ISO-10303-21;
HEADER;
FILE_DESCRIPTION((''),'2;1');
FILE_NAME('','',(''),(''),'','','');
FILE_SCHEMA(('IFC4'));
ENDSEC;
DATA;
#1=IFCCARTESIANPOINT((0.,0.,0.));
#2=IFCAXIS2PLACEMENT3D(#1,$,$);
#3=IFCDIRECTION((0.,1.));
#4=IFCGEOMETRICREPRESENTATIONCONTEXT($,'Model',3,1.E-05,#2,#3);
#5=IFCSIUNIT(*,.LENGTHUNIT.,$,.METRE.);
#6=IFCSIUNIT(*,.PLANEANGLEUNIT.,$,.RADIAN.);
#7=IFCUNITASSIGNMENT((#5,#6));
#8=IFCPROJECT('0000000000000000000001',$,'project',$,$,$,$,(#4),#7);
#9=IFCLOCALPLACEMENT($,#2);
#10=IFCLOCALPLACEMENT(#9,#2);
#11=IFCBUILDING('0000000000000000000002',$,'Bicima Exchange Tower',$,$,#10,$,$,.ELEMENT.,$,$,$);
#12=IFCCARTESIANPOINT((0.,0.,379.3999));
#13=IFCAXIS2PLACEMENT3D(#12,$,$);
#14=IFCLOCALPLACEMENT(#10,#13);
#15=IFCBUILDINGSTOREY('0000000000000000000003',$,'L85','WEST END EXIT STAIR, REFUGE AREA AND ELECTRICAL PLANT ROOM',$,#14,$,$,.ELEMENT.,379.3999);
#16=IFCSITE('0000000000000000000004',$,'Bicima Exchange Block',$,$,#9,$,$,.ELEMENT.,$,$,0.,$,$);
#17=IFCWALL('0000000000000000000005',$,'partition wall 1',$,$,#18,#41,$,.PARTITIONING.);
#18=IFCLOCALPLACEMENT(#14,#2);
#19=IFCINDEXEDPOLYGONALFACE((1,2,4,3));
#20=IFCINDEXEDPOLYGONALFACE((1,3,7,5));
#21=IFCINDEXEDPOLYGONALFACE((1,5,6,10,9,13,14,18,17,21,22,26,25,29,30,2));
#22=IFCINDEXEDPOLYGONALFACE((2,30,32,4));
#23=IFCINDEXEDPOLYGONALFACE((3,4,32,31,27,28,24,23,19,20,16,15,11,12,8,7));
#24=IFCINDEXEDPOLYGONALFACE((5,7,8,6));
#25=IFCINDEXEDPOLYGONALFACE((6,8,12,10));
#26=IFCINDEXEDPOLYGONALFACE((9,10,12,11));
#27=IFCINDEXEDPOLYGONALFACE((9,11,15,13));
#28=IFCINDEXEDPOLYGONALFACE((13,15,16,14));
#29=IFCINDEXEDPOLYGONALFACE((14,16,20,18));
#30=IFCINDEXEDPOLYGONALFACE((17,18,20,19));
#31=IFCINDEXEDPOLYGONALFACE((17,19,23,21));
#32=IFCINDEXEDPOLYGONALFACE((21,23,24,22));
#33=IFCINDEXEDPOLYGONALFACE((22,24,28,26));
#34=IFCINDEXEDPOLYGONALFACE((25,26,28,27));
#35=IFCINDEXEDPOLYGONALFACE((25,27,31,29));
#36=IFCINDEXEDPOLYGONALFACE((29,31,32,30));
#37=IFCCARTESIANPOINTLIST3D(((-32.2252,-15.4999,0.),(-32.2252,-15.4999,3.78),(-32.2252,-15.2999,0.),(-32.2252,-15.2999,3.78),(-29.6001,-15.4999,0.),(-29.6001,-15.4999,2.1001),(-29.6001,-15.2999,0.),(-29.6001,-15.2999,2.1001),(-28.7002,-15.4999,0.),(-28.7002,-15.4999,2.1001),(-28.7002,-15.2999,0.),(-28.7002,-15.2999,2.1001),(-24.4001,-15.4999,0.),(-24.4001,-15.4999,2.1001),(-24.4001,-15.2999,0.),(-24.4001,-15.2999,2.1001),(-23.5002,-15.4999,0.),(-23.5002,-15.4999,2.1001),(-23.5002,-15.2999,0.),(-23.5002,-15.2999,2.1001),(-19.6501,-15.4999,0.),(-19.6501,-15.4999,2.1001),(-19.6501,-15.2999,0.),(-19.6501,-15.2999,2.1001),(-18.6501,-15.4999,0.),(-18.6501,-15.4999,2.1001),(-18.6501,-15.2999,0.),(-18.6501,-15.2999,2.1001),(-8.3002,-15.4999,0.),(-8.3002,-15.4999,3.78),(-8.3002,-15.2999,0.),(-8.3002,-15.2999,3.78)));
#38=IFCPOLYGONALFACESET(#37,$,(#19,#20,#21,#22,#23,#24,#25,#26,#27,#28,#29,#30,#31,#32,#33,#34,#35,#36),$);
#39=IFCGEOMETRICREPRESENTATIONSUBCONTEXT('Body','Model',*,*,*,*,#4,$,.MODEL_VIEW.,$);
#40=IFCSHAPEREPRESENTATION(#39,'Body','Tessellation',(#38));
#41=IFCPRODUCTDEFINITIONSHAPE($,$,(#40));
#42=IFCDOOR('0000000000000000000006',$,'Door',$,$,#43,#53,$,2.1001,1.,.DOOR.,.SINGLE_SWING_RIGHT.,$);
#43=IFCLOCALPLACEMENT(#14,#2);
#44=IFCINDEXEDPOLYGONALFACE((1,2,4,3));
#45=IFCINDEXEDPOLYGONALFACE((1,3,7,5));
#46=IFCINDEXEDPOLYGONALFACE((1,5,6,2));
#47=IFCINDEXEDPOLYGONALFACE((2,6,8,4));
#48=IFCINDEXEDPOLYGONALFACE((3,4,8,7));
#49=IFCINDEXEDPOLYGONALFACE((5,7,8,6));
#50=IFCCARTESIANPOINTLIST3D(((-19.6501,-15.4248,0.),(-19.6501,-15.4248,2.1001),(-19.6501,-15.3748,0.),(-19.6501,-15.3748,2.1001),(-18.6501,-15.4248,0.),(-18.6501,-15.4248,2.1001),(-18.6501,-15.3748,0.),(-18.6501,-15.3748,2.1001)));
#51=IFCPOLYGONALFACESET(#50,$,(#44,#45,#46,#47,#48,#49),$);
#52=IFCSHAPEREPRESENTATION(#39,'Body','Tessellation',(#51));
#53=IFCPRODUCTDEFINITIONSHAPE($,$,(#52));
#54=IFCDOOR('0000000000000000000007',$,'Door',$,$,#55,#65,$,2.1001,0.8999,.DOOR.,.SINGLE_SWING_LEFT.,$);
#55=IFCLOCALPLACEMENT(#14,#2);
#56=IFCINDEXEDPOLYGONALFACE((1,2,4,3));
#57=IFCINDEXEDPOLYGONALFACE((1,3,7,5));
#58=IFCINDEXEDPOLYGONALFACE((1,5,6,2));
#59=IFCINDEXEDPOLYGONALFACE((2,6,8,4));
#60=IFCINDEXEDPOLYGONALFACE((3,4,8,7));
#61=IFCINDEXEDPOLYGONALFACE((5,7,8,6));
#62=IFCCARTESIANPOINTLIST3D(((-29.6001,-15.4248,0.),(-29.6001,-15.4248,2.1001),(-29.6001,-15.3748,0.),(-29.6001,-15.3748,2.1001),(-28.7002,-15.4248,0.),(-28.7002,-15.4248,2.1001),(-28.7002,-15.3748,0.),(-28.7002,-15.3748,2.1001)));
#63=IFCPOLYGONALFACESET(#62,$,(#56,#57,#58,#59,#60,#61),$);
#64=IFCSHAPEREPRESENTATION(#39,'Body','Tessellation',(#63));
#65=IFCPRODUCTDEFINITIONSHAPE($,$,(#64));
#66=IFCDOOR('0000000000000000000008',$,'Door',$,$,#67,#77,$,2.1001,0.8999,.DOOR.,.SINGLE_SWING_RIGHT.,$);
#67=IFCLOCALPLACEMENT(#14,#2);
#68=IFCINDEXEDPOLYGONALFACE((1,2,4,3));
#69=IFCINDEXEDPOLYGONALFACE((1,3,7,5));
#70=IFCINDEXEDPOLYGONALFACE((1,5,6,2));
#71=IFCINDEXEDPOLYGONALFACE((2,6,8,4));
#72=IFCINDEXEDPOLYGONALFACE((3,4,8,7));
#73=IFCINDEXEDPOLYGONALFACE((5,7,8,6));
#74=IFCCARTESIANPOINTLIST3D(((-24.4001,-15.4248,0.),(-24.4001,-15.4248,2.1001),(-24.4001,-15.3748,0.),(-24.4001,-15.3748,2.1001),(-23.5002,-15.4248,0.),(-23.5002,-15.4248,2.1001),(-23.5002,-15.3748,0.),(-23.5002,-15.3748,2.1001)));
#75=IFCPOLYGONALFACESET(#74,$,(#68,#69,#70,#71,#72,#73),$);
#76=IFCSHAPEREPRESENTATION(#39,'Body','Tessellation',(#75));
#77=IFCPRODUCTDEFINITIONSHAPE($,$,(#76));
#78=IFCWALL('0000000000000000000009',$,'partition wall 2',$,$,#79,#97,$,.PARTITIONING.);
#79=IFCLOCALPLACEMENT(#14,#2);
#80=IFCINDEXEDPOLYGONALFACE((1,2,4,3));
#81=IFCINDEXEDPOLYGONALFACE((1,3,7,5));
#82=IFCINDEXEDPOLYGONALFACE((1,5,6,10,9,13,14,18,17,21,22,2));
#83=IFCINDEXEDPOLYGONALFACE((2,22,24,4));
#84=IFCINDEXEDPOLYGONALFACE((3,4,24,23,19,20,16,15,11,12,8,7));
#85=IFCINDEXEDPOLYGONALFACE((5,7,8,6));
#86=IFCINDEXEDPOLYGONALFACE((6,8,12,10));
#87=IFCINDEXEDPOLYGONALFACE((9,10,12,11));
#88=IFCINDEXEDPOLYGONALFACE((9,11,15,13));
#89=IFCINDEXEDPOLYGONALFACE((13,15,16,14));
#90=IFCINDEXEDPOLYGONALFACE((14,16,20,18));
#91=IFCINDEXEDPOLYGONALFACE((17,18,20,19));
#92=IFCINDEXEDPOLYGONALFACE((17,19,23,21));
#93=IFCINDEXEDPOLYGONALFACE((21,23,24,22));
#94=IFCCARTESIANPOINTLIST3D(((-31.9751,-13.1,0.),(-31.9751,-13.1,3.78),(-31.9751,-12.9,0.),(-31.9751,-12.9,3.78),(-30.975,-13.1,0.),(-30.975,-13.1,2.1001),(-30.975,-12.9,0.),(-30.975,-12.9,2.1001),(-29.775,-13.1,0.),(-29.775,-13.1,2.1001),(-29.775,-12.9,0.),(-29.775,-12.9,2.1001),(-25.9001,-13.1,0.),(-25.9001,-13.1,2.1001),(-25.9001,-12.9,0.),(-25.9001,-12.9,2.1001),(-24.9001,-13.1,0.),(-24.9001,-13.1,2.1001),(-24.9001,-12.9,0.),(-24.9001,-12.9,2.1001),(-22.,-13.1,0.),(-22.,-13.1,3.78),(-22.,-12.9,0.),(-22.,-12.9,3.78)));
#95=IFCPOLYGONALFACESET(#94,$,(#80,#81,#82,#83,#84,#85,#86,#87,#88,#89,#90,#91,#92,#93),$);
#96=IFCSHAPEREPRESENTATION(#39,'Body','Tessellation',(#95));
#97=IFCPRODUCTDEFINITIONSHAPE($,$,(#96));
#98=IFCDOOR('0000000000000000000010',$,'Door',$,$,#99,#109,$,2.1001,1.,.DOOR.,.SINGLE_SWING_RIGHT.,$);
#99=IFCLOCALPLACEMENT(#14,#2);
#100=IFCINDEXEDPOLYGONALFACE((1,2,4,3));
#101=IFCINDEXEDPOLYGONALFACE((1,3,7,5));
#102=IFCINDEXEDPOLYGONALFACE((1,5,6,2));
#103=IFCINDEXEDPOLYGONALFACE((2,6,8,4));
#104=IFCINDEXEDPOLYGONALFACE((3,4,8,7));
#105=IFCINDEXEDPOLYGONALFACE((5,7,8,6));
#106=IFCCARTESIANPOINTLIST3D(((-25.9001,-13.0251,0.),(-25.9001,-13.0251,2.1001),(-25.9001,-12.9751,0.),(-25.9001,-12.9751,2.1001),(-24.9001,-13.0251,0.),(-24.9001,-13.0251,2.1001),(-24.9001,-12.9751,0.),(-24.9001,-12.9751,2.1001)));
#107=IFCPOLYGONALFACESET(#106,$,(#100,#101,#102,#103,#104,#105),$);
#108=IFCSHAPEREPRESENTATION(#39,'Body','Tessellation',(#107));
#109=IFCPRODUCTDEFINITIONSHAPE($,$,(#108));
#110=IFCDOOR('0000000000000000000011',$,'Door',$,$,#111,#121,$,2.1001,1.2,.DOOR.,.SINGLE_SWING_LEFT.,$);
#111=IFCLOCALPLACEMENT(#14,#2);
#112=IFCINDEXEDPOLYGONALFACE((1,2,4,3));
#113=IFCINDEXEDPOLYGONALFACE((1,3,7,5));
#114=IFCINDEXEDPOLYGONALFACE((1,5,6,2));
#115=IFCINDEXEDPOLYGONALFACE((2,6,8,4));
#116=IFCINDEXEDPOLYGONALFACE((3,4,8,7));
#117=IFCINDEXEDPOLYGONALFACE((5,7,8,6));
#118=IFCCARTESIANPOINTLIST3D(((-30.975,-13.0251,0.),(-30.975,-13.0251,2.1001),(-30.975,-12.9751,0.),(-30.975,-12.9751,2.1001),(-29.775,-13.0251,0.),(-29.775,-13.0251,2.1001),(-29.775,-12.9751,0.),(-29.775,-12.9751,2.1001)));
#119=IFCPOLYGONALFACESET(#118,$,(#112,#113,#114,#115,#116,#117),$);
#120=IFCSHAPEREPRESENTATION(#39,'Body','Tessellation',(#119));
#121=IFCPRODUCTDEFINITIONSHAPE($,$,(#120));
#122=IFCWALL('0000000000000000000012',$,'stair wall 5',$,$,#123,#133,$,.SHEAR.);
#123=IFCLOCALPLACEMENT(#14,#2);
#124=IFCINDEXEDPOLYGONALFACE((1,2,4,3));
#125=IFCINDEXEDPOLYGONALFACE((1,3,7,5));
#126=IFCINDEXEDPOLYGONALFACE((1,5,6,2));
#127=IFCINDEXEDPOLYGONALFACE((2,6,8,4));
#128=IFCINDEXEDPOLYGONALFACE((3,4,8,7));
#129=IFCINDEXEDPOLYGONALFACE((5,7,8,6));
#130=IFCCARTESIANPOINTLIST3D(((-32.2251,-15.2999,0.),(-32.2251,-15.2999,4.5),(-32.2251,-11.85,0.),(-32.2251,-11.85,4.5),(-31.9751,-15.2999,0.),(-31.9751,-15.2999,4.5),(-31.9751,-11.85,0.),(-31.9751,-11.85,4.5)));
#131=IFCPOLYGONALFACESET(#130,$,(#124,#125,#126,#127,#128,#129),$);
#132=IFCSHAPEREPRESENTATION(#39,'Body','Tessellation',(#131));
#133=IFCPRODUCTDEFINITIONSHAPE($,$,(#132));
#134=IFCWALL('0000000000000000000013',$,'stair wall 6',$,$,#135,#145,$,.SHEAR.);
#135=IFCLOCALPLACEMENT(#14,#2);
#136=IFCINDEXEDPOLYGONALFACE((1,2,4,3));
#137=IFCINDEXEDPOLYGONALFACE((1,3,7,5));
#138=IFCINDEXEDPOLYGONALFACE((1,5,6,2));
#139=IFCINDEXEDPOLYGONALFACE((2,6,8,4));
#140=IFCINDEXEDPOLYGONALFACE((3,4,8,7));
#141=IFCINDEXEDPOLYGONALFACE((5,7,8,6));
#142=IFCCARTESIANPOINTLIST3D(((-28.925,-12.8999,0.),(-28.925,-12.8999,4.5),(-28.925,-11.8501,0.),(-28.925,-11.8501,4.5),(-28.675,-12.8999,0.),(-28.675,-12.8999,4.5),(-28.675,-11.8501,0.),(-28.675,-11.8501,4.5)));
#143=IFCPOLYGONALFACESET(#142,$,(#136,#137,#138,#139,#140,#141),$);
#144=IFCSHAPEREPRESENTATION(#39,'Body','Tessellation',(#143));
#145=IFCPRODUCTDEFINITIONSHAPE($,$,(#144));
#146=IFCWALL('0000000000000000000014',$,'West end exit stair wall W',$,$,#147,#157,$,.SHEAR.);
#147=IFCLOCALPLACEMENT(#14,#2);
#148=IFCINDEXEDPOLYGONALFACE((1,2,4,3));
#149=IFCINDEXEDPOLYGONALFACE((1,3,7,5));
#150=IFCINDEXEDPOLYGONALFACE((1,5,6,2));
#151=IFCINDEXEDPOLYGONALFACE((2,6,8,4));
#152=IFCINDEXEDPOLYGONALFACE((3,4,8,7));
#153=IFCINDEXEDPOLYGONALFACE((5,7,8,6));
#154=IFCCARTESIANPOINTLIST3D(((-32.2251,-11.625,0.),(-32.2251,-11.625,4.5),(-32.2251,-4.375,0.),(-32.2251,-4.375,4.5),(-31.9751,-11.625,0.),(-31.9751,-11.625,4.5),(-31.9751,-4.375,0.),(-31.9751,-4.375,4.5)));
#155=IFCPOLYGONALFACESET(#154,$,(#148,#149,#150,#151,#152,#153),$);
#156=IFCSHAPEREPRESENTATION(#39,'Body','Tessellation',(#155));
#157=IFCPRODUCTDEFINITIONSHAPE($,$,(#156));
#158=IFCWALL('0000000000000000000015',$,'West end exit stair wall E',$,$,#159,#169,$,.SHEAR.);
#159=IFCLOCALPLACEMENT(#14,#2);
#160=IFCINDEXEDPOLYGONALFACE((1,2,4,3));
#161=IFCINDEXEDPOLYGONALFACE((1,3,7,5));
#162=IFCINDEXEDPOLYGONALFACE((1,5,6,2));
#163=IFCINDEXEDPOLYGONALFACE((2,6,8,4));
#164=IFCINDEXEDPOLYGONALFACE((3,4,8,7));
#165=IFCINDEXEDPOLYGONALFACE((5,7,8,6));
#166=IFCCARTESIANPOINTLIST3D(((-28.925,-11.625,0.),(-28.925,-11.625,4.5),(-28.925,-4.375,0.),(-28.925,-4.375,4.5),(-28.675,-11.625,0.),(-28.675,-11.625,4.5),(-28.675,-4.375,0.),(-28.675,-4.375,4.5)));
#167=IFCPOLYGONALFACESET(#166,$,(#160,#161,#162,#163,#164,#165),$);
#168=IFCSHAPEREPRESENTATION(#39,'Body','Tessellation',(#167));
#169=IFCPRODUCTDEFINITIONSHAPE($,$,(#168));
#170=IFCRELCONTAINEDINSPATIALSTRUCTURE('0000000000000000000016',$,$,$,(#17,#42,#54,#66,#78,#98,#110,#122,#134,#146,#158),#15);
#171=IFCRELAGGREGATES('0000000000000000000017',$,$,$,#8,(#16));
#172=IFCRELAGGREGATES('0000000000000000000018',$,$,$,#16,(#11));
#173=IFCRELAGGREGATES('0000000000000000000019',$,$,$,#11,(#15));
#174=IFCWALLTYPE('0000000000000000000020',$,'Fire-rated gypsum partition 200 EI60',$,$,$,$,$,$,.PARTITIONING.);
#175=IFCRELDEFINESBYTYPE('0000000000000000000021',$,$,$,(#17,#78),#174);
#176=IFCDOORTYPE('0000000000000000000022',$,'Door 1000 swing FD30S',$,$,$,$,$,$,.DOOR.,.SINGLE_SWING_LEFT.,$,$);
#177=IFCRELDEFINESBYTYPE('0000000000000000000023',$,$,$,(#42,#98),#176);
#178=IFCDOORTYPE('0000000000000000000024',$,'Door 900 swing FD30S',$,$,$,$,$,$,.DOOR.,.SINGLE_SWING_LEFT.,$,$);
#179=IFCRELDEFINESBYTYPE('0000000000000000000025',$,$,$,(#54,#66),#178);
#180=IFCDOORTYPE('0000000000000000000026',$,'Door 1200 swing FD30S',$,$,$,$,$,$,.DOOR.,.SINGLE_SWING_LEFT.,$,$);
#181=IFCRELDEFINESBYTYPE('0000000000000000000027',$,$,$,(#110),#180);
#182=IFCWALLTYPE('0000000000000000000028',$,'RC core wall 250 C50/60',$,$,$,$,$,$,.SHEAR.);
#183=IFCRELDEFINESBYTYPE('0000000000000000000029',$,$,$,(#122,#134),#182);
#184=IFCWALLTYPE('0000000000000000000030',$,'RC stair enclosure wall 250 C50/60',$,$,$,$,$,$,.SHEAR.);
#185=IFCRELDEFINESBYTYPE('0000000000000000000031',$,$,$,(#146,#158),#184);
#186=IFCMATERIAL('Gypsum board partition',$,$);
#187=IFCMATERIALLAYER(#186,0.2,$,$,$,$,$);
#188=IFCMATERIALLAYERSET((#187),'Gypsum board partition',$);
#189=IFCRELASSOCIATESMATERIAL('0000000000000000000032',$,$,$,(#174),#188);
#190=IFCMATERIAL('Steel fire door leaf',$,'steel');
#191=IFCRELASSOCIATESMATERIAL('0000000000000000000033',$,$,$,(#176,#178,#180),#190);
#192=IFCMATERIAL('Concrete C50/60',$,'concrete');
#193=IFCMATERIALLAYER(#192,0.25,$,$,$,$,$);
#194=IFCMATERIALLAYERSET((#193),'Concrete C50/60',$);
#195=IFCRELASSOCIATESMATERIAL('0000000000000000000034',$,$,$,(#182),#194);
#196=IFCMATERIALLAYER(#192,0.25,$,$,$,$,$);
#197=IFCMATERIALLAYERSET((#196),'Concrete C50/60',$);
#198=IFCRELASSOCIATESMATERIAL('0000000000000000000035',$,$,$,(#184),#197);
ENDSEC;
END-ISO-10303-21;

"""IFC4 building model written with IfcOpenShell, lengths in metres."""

from ifc_helpers import new_model, si_unit, direction, frame, frame_2d, origin, place, context, subcontext, project, spatial, rectangle, extrude, material, layer, layer_set, type_object, element, fill, save


model = new_model("IFC4")

# Units and contexts
model_context = context("Model", 3, precision=1e-05, world=origin(), true_north=direction((0.0, 1.0)))
body_context = subcontext(model_context, "Body", "Model", "MODEL_VIEW")
ifc_project = project(units=[si_unit("LENGTHUNIT", "METRE"), si_unit("PLANEANGLEUNIT", "RADIAN")], contexts=[model_context])

# Site, building, storey
site_placement = place(None, origin())
site = spatial("IfcSite", under=ifc_project, at=site_placement, Name="Bicima Exchange Block", CompositionType="ELEMENT", RefElevation=0.0)
building_placement = place(site_placement, origin())
building = spatial("IfcBuilding", under=site, at=building_placement, Name="Bicima Exchange Tower", CompositionType="ELEMENT")
storey_placement = place(building_placement, frame((0.0, 0.0, 379.3999)))
storey = spatial("IfcBuildingStorey", under=building, at=storey_placement, Name="L85", Description="WEST END EXIT STAIR, REFUGE AREA AND ELECTRICAL PLANT ROOM", CompositionType="ELEMENT", Elevation=379.3999)

# Walls, openings, doors
ifc_material_1 = material(Name="Gypsum board partition")
ifc_layer_1 = layer(ifc_material_1, 0.2)
ifc_layer_set_1 = layer_set([ifc_layer_1], Name="Gypsum board partition")
wall_type_1 = type_object("IfcWallType", Name="Fire-rated gypsum partition 200 EI60", PredefinedType="PARTITIONING", material=ifc_layer_set_1)
wall_1_placement = place(storey_placement, frame((-32.2251, -15.3999, 0.0), z_axis=(0.0, 0.0, 1.0), x_axis=(1.0, 0.0, 0.0)))
wall_1 = element("IfcWall", 1, at=wall_1_placement, inside=storey, type_object=wall_type_1, Name="partition wall 1", PredefinedType="PARTITIONING", context=body_context, shape_type="SweptSolid", body=[
    extrude(rectangle(XDim=23.925, YDim=0.2, at=frame_2d((11.9624, 0.0))), origin(), (0.0, 0.0, 1.0), 3.78),
])
opening_1_placement = place(wall_1_placement, frame((2.625, 0.0, 0.0)))
opening_1 = element("IfcOpeningElement", 2, at=opening_1_placement, cuts=wall_1, PredefinedType="OPENING", context=body_context, shape_type="SweptSolid", body=[
    extrude(rectangle(XDim=0.8999, YDim=2.1001, at=frame_2d((0.45, 1.05))), frame((0.0, 0.1118, 0.0), z_axis=(0.0, -1.0, 0.0), x_axis=(1.0, 0.0, 0.0)), (0.0, 0.0, 1.0), 0.2239),
])
opening_2_placement = place(wall_1_placement, frame((7.825, 0.0, 0.0)))
opening_2 = element("IfcOpeningElement", 3, at=opening_2_placement, cuts=wall_1, PredefinedType="OPENING", context=body_context, shape_type="SweptSolid", body=[
    extrude(rectangle(XDim=0.8999, YDim=2.1001, at=frame_2d((0.45, 1.05))), frame((0.0, 0.1118, 0.0), z_axis=(0.0, -1.0, 0.0), x_axis=(1.0, 0.0, 0.0)), (0.0, 0.0, 1.0), 0.2239),
])
opening_3_placement = place(wall_1_placement, frame((12.575, 0.0, 0.0)))
opening_3 = element("IfcOpeningElement", 4, at=opening_3_placement, cuts=wall_1, PredefinedType="OPENING", context=body_context, shape_type="SweptSolid", body=[
    extrude(rectangle(XDim=1.0, YDim=2.1001, at=frame_2d((0.5, 1.05))), frame((0.0, 0.1118, 0.0), z_axis=(0.0, -1.0, 0.0), x_axis=(1.0, 0.0, 0.0)), (0.0, 0.0, 1.0), 0.2239),
])
ifc_material_2 = material(Name="Steel fire door leaf", Category="steel")
door_type_1 = type_object("IfcDoorType", Name="Door 1000 swing FD30S", OperationType="SINGLE_SWING_LEFT", PredefinedType="DOOR", material=ifc_material_2)
door_1_placement = place(opening_3_placement, frame((1.0, 0.0, 0.0), z_axis=(0.0, 0.0, 1.0), x_axis=(-1.0, 0.0, 0.0)))
door_1 = element("IfcDoor", 5, at=door_1_placement, inside=storey, type_object=door_type_1, Name="Door", OperationType="SINGLE_SWING_RIGHT", OverallHeight=2.1001, OverallWidth=1.0, PredefinedType="DOOR", context=body_context, shape_type="SweptSolid", body=[
    extrude(rectangle(XDim=1.0, YDim=2.1001, at=frame_2d((0.5, 1.05))), frame((0.0, 0.0249, 0.0), z_axis=(0.0, -1.0, 0.0), x_axis=(1.0, 0.0, 0.0)), (0.0, 0.0, 1.0), 0.05),
])
fill(opening_3, door_1)
door_type_2 = type_object("IfcDoorType", Name="Door 900 swing FD30S", OperationType="SINGLE_SWING_LEFT", PredefinedType="DOOR", material=ifc_material_2)
door_2_placement = place(opening_1_placement, frame((0.8999, 0.0, 0.0), z_axis=(0.0, 0.0, 1.0), x_axis=(-1.0, 0.0, 0.0)))
door_2 = element("IfcDoor", 6, at=door_2_placement, inside=storey, type_object=door_type_2, Name="Door", OperationType="SINGLE_SWING_LEFT", OverallHeight=2.1001, OverallWidth=0.8999, PredefinedType="DOOR", context=body_context, shape_type="SweptSolid", body=[
    extrude(rectangle(XDim=0.8999, YDim=2.1001, at=frame_2d((0.45, 1.05))), frame((0.0, 0.0249, 0.0), z_axis=(0.0, -1.0, 0.0), x_axis=(1.0, 0.0, 0.0)), (0.0, 0.0, 1.0), 0.05),
])
fill(opening_1, door_2)
door_3_placement = place(opening_2_placement, frame((0.8999, 0.0, 0.0), z_axis=(0.0, 0.0, 1.0), x_axis=(-1.0, 0.0, 0.0)))
door_3 = element("IfcDoor", 7, at=door_3_placement, inside=storey, type_object=door_type_2, Name="Door", OperationType="SINGLE_SWING_RIGHT", OverallHeight=2.1001, OverallWidth=0.8999, PredefinedType="DOOR", context=body_context, shape_type="SweptSolid", body=[
    extrude(rectangle(XDim=0.8999, YDim=2.1001, at=frame_2d((0.45, 1.05))), frame((0.0, 0.0249, 0.0), z_axis=(0.0, -1.0, 0.0), x_axis=(1.0, 0.0, 0.0)), (0.0, 0.0, 1.0), 0.05),
])
fill(opening_2, door_3)
wall_2_placement = place(storey_placement, frame((-31.9751, -13.0, 0.0), z_axis=(0.0, 0.0, 1.0), x_axis=(1.0, 0.0, 0.0)))
wall_2 = element("IfcWall", 8, at=wall_2_placement, inside=storey, type_object=wall_type_1, Name="partition wall 2", PredefinedType="PARTITIONING", context=body_context, shape_type="SweptSolid", body=[
    extrude(rectangle(XDim=9.9751, YDim=0.2, at=frame_2d((4.9875, 0.0))), origin(), (0.0, 0.0, 1.0), 3.78),
])
opening_4_placement = place(wall_2_placement, frame((1.0, 0.0, 0.0)))
opening_4 = element("IfcOpeningElement", 9, at=opening_4_placement, cuts=wall_2, PredefinedType="OPENING", context=body_context, shape_type="SweptSolid", body=[
    extrude(rectangle(XDim=1.2, YDim=2.1001, at=frame_2d((0.6001, 1.05))), frame((0.0, 0.1118, 0.0), z_axis=(0.0, -1.0, 0.0), x_axis=(1.0, 0.0, 0.0)), (0.0, 0.0, 1.0), 0.2239),
])
opening_5_placement = place(wall_2_placement, frame((6.075, 0.0, 0.0)))
opening_5 = element("IfcOpeningElement", 10, at=opening_5_placement, cuts=wall_2, PredefinedType="OPENING", context=body_context, shape_type="SweptSolid", body=[
    extrude(rectangle(XDim=1.0, YDim=2.1001, at=frame_2d((0.5, 1.05))), frame((0.0, 0.1118, 0.0), z_axis=(0.0, -1.0, 0.0), x_axis=(1.0, 0.0, 0.0)), (0.0, 0.0, 1.0), 0.2239),
])
door_4_placement = place(opening_5_placement, origin())
door_4 = element("IfcDoor", 11, at=door_4_placement, inside=storey, type_object=door_type_1, Name="Door", OperationType="SINGLE_SWING_RIGHT", OverallHeight=2.1001, OverallWidth=1.0, PredefinedType="DOOR", context=body_context, shape_type="SweptSolid", body=[
    extrude(rectangle(XDim=1.0, YDim=2.1001, at=frame_2d((0.5, 1.05))), frame((0.0, 0.0249, 0.0), z_axis=(0.0, -1.0, 0.0), x_axis=(1.0, 0.0, 0.0)), (0.0, 0.0, 1.0), 0.05),
])
fill(opening_5, door_4)
door_type_3 = type_object("IfcDoorType", Name="Door 1200 swing FD30S", OperationType="SINGLE_SWING_LEFT", PredefinedType="DOOR", material=ifc_material_2)
door_5_placement = place(opening_4_placement, origin())
door_5 = element("IfcDoor", 12, at=door_5_placement, inside=storey, type_object=door_type_3, Name="Door", OperationType="SINGLE_SWING_LEFT", OverallHeight=2.1001, OverallWidth=1.2, PredefinedType="DOOR", context=body_context, shape_type="SweptSolid", body=[
    extrude(rectangle(XDim=1.2, YDim=2.1001, at=frame_2d((0.6001, 1.05))), frame((0.0, 0.0249, 0.0), z_axis=(0.0, -1.0, 0.0), x_axis=(1.0, 0.0, 0.0)), (0.0, 0.0, 1.0), 0.05),
])
fill(opening_4, door_5)

# Walls
ifc_material_3 = material(Name="Concrete C50/60", Category="concrete")
ifc_layer_2 = layer(ifc_material_3, 0.25)
ifc_layer_set_2 = layer_set([ifc_layer_2], Name="Concrete C50/60")
wall_type_2 = type_object("IfcWallType", Name="RC core wall 250 C50/60", PredefinedType="SHEAR", material=ifc_layer_set_2)
wall_3_placement = place(storey_placement, frame((-32.1001, -15.3, 0.0), z_axis=(0.0, 0.0, 1.0), x_axis=(0.0, 1.0, 0.0)))
element("IfcWall", 13, at=wall_3_placement, inside=storey, type_object=wall_type_2, Name="stair wall 5", PredefinedType="SHEAR", context=body_context, shape_type="SweptSolid", body=[
    extrude(rectangle(XDim=3.45, YDim=0.25, at=frame_2d((1.7251, 0.0))), origin(), (0.0, 0.0, 1.0), 4.5),
])
wall_4_placement = place(storey_placement, frame((-28.8, -12.8999, 0.0), z_axis=(0.0, 0.0, 1.0), x_axis=(0.0, 1.0, 0.0)))
element("IfcWall", 14, at=wall_4_placement, inside=storey, type_object=wall_type_2, Name="stair wall 6", PredefinedType="SHEAR", context=body_context, shape_type="SweptSolid", body=[
    extrude(rectangle(XDim=1.0498, YDim=0.25, at=frame_2d((0.5249, 0.0))), origin(), (0.0, 0.0, 1.0), 4.5),
])
ifc_layer_3 = layer(ifc_material_3, 0.25)
ifc_layer_set_3 = layer_set([ifc_layer_3], Name="Concrete C50/60")
wall_type_3 = type_object("IfcWallType", Name="RC stair enclosure wall 250 C50/60", PredefinedType="SHEAR", material=ifc_layer_set_3)
for number, where, z_axis, x_axis, name in (
    (15, (-32.1001, -11.625, 0.0), (0.0, 0.0, 1.0), (0.0, 1.0, 0.0), "West end exit stair wall W"),
    (16, (-28.8, -11.625, 0.0), (0.0, 0.0, 1.0), (0.0, 1.0, 0.0), "West end exit stair wall E"),
):
    element("IfcWall", number, at=place(storey_placement, frame(where, z_axis=z_axis, x_axis=x_axis)), inside=storey, type_object=wall_type_3, Name=name, PredefinedType="SHEAR", context=body_context, shape_type="SweptSolid", body=[
        extrude(rectangle(XDim=7.25, YDim=0.25, at=frame_2d((3.625, 0.0))), origin(), (0.0, 0.0, 1.0), 4.5),
    ])

save(model, "model.ifc")
